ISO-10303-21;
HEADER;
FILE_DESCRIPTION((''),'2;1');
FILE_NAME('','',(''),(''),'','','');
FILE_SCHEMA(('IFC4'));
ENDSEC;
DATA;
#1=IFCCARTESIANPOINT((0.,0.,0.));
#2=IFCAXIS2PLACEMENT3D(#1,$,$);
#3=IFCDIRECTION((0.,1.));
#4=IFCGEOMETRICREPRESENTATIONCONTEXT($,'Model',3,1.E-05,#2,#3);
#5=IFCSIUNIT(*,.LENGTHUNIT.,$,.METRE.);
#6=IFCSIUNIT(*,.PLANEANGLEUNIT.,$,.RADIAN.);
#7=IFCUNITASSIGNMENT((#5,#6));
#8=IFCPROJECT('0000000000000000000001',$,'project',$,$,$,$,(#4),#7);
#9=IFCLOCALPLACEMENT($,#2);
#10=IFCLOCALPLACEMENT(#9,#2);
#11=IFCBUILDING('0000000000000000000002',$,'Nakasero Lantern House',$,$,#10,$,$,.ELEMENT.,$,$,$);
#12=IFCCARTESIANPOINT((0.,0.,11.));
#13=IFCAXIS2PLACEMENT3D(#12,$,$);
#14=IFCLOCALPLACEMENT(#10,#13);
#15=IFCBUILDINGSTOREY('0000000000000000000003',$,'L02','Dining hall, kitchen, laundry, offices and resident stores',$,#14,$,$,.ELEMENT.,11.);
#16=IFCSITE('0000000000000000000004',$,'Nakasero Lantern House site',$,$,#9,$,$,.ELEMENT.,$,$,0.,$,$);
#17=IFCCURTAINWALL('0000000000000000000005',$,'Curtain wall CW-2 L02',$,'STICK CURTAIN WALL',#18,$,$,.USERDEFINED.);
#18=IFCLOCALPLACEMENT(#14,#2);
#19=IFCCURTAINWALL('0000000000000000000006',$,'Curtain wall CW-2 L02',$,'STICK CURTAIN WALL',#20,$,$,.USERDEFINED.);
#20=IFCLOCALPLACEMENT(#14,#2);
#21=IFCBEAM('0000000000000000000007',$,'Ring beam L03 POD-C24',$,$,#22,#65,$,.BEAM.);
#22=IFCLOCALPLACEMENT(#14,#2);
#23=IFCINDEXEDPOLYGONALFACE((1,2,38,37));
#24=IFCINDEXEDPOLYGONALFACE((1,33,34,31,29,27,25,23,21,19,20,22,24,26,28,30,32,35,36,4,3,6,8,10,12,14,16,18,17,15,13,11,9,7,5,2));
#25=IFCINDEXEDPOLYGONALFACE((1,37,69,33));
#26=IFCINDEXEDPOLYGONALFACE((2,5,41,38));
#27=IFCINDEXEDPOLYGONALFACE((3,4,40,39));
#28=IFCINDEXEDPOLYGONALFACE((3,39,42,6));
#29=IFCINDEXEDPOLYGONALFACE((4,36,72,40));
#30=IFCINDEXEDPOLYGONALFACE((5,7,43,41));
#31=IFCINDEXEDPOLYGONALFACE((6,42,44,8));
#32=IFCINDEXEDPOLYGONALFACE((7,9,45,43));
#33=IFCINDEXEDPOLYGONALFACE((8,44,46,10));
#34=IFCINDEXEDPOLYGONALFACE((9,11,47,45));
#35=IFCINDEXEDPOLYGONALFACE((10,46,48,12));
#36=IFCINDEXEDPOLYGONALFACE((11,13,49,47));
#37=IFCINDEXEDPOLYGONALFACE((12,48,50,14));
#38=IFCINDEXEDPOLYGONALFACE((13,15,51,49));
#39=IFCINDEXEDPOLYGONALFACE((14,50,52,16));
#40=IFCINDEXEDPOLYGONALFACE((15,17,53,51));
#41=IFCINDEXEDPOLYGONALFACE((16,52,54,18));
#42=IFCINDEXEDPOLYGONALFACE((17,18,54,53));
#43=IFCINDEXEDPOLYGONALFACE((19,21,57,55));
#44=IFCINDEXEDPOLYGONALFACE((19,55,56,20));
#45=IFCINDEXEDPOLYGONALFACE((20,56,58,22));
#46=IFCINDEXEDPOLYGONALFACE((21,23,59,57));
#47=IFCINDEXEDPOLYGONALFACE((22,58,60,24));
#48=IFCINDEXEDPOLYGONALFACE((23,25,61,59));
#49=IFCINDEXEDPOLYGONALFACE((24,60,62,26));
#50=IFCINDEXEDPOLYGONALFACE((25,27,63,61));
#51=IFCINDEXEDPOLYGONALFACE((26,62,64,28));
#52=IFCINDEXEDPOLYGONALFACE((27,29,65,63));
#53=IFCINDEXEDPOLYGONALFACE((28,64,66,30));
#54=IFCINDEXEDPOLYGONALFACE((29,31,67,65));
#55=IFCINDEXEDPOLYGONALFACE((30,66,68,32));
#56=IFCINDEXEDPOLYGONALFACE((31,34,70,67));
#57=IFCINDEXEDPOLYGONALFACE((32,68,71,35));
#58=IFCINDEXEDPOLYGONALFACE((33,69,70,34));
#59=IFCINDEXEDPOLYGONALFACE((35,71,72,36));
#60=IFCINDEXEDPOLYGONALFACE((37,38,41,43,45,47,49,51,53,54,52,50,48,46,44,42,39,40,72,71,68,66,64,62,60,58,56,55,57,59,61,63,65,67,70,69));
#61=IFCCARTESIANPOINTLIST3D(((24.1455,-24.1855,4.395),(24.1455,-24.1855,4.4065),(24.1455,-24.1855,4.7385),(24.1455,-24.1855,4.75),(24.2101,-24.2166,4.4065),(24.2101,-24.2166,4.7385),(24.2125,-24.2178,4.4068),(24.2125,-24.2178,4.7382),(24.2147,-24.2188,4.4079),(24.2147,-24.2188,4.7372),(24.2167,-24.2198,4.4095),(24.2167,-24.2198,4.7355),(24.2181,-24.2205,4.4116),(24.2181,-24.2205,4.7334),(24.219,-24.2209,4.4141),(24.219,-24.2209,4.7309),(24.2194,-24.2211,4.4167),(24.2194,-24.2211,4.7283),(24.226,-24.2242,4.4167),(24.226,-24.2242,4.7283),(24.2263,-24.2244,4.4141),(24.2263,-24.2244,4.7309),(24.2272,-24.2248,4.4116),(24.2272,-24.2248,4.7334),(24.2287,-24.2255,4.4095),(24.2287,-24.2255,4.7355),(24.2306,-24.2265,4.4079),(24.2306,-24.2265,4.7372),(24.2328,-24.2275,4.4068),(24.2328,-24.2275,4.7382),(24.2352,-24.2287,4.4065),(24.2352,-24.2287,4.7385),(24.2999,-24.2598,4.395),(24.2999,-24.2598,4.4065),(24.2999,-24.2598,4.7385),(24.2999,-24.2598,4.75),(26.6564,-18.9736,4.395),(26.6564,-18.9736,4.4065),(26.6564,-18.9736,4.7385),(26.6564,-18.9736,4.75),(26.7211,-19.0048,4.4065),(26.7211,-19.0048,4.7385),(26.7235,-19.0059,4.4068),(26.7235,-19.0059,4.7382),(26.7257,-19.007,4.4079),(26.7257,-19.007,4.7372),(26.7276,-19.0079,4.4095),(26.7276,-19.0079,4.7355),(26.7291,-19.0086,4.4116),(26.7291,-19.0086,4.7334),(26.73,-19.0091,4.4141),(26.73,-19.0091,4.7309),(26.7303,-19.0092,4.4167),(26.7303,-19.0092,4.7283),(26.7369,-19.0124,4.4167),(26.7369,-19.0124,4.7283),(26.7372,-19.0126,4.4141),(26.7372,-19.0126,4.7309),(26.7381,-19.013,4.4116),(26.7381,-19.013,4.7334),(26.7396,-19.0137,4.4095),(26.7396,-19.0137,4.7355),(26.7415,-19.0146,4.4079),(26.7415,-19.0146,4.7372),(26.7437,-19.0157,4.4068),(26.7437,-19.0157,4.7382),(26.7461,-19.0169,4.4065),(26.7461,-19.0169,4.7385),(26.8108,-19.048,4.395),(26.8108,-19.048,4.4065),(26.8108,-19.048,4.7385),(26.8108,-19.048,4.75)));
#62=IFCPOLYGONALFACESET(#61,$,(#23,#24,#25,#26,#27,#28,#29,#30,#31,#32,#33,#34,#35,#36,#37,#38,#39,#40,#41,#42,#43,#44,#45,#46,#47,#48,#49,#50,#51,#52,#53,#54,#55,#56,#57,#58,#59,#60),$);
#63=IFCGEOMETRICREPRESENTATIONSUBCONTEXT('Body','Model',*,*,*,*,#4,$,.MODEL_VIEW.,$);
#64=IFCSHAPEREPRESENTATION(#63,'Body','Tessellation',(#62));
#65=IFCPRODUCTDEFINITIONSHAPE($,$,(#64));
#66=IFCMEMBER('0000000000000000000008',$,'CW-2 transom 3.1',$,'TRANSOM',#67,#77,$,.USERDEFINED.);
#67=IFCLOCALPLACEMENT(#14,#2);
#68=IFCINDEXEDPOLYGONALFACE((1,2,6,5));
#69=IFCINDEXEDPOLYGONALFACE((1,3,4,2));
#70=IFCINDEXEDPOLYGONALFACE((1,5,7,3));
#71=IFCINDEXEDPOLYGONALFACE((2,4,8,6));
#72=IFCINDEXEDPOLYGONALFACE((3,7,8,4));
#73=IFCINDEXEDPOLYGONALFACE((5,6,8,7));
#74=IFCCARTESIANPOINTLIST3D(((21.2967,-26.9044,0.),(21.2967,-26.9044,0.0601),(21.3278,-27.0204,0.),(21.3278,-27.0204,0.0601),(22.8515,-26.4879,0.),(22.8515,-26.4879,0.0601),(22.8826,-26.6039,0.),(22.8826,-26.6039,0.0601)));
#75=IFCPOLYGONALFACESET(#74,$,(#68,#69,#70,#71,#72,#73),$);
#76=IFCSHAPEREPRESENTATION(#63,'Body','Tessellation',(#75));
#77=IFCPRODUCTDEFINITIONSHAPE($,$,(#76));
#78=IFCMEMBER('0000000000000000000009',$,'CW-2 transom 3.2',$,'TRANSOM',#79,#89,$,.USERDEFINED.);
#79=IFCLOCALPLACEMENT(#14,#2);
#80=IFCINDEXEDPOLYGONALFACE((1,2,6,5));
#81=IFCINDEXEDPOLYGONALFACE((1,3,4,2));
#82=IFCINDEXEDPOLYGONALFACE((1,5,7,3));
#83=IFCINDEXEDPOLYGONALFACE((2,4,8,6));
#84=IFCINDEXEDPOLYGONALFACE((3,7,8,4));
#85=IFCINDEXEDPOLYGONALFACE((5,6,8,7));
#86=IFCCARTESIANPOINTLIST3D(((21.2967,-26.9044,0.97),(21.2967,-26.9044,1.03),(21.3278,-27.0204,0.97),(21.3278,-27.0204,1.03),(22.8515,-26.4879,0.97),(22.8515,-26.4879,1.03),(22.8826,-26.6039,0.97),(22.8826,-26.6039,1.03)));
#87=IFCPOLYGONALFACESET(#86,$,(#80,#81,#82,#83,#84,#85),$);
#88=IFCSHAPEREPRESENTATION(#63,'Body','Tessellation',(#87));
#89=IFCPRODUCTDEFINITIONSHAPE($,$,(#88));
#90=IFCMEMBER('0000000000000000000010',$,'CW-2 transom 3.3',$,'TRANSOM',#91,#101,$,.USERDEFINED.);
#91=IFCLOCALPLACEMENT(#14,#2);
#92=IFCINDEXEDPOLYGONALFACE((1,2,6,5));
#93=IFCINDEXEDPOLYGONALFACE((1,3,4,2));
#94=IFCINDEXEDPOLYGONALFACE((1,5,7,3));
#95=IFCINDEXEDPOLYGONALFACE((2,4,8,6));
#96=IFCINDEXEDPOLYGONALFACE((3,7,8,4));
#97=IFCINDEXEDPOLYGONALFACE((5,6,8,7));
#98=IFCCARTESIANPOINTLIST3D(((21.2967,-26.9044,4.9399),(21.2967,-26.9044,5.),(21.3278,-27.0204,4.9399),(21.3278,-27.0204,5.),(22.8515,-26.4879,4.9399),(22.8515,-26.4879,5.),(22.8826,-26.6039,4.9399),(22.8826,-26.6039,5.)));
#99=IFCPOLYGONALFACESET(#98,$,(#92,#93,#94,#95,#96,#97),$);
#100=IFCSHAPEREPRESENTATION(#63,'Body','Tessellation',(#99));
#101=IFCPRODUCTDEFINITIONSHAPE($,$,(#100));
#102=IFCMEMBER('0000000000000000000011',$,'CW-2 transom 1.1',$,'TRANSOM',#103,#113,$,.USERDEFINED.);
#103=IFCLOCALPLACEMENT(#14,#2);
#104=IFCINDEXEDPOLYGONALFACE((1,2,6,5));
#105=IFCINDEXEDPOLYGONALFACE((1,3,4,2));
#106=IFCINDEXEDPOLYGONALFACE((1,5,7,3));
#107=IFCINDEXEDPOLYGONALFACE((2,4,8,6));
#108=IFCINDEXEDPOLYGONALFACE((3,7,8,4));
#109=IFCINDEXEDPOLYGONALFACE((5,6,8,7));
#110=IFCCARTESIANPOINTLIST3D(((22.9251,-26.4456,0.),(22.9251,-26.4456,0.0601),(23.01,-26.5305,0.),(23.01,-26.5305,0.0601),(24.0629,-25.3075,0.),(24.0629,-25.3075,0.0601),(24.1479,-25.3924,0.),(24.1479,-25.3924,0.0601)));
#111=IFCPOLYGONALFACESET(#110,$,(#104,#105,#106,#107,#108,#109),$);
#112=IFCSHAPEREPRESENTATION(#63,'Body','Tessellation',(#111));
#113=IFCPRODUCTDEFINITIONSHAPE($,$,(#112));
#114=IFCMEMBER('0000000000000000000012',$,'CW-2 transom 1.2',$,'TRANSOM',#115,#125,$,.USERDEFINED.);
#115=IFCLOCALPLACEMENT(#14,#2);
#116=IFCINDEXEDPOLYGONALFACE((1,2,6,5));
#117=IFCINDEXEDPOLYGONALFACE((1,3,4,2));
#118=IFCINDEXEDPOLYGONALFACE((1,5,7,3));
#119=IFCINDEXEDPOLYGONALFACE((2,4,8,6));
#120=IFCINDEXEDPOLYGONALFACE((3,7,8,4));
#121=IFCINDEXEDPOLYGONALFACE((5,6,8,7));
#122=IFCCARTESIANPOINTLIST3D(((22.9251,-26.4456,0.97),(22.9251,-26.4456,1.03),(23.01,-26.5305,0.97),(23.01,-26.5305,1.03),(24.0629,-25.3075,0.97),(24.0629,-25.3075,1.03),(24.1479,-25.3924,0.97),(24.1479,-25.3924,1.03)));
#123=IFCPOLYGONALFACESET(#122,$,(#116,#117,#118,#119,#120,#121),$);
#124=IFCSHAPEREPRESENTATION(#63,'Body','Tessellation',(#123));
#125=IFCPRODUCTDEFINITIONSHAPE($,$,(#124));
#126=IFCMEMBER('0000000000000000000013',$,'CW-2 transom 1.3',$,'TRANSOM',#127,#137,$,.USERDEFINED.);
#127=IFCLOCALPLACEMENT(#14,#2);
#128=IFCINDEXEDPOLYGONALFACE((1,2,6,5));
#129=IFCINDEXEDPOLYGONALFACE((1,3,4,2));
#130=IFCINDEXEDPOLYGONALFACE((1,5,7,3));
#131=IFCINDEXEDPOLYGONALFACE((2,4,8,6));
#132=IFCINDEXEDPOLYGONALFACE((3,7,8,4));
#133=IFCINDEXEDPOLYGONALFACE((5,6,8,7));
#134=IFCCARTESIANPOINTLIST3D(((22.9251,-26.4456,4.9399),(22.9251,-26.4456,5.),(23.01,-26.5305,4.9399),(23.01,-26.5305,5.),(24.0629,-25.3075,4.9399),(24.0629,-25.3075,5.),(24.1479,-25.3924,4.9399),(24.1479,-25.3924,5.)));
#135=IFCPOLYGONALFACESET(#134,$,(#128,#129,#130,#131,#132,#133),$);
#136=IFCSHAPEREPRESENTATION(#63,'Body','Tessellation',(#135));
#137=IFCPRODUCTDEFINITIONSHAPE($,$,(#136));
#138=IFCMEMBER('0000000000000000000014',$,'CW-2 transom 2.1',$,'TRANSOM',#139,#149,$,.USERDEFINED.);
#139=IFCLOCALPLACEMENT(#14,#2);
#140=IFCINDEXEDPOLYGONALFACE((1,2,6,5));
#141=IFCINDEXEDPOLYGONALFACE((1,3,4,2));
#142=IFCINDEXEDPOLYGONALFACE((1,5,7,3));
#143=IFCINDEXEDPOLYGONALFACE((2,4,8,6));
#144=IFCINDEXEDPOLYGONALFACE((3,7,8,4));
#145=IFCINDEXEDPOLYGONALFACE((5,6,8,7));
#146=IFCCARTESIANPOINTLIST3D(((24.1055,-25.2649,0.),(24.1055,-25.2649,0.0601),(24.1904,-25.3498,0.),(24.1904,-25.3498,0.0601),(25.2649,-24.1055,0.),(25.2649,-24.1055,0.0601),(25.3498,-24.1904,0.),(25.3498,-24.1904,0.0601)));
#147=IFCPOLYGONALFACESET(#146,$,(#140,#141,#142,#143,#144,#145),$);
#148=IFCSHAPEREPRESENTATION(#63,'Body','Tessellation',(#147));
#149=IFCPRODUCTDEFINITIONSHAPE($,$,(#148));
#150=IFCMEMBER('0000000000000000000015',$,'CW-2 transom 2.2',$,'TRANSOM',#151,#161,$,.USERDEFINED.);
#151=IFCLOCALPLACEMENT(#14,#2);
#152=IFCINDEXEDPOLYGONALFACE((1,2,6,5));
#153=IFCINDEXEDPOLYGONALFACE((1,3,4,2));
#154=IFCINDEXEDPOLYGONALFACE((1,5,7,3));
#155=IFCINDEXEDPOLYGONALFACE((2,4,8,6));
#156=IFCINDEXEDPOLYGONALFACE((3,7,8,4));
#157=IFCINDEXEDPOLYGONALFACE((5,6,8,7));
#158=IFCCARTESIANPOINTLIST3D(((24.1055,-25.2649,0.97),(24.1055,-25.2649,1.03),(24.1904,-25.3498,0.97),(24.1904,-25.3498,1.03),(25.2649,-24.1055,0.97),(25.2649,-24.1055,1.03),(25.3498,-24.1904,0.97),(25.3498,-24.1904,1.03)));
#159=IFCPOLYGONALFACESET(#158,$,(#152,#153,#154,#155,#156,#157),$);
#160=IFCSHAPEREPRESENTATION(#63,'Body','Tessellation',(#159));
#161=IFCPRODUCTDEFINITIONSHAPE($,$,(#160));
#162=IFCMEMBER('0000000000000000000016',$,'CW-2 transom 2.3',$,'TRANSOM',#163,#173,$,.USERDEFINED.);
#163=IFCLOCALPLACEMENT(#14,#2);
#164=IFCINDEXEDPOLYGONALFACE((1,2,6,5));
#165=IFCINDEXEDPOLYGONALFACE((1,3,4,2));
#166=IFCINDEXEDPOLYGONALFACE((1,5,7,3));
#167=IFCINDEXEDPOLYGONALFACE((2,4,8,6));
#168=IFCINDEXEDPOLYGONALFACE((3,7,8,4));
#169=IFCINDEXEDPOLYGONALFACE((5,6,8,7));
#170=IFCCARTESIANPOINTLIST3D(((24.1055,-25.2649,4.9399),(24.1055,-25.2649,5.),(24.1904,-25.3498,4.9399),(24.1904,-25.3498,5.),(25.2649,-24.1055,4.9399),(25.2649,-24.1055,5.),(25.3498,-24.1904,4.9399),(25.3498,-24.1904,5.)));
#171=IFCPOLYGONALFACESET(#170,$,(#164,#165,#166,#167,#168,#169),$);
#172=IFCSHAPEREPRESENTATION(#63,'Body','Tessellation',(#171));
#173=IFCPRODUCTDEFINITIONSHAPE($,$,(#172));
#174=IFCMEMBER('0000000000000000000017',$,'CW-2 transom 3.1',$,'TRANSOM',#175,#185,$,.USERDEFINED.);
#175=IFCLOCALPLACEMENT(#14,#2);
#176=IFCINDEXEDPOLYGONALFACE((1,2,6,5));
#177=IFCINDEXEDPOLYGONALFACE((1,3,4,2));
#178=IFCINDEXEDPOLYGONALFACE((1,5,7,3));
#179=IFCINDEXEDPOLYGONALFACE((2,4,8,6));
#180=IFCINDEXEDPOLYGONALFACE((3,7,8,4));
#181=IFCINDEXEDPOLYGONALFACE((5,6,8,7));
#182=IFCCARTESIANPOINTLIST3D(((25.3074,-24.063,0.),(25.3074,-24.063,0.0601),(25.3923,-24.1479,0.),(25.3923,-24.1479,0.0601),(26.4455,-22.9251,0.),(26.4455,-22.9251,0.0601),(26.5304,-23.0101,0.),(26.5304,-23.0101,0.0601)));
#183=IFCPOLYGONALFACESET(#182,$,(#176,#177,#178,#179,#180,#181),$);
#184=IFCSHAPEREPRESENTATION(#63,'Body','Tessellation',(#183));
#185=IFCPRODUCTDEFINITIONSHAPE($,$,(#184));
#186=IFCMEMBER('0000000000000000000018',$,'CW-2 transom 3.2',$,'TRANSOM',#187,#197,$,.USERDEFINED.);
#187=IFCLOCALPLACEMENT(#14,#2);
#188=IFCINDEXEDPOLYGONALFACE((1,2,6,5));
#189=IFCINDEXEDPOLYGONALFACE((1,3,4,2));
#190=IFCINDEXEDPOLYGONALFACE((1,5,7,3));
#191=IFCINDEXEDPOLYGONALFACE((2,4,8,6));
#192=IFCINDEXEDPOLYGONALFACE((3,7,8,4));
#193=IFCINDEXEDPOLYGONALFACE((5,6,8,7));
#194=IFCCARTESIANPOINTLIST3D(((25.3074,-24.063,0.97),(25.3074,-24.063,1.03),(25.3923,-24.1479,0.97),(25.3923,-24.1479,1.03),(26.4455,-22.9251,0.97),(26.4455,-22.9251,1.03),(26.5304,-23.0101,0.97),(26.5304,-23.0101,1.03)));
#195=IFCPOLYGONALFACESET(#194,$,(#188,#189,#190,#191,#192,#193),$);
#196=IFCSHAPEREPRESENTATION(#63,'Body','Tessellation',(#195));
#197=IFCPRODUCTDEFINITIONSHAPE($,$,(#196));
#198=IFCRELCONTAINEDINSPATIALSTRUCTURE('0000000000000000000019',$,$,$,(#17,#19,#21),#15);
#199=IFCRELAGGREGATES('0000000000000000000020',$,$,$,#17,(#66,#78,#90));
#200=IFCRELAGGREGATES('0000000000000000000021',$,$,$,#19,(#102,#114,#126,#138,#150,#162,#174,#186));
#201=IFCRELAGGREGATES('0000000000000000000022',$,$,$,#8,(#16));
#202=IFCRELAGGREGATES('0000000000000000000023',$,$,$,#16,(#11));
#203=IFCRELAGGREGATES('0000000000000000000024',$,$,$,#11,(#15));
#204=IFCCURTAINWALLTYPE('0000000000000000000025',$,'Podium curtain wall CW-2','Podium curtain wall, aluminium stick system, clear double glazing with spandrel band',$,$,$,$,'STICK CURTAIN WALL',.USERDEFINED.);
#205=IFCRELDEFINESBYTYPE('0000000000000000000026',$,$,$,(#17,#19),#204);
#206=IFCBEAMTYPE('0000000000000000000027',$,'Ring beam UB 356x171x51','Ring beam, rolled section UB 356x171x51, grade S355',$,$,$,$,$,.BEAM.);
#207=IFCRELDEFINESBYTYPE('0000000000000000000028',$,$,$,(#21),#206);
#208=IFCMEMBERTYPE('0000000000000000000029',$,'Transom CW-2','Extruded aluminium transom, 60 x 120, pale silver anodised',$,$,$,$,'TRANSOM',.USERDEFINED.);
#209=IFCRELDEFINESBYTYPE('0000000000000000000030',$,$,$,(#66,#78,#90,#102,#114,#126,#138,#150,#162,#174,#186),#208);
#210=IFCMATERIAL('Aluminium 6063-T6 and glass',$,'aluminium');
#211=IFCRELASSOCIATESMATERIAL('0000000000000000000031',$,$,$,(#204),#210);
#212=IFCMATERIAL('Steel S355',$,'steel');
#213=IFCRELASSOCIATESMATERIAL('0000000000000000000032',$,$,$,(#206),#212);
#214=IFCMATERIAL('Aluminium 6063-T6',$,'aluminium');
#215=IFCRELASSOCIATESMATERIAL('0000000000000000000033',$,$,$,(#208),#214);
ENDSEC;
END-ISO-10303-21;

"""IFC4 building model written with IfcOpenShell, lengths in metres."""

from ifc_helpers import new_model, si_unit, direction, frame, origin, origin_2d, place, context, subcontext, project, spatial, rectangle, i_section, extrude, material, material_profile, profile_set, type_object, element, aggregate, save


model = new_model("IFC4")

# Units and contexts
model_context = context("Model", 3, precision=1e-05, world=origin(), true_north=direction((0.0, 1.0)))
body_context = subcontext(model_context, "Body", "Model", "MODEL_VIEW")
ifc_project = project(units=[si_unit("LENGTHUNIT", "METRE"), si_unit("PLANEANGLEUNIT", "RADIAN")], contexts=[model_context])

# Site, building, storey
site_placement = place(None, origin())
site = spatial("IfcSite", under=ifc_project, at=site_placement, Name="Nakasero Lantern House site", CompositionType="ELEMENT", RefElevation=0.0)
building_placement = place(site_placement, origin())
building = spatial("IfcBuilding", under=site, at=building_placement, Name="Nakasero Lantern House", CompositionType="ELEMENT")
storey_placement = place(building_placement, frame((0.0, 0.0, 11.0)))
storey = spatial("IfcBuildingStorey", under=building, at=storey_placement, Name="L02", Description="Dining hall, kitchen, laundry, offices and resident stores", CompositionType="ELEMENT", Elevation=11.0)

# Curtain walls
ifc_material_1 = material(Name="Aluminium 6063-T6 and glass", Category="aluminium")
curtain_wall_type = type_object("IfcCurtainWallType", Name="Podium curtain wall CW-2", Description="Podium curtain wall, aluminium stick system, clear double glazing with spandrel band", ElementType="STICK CURTAIN WALL", PredefinedType="USERDEFINED", material=ifc_material_1)
curtain_wall_1_placement = place(storey_placement, origin())
curtain_wall_1 = element("IfcCurtainWall", 1, at=curtain_wall_1_placement, inside=storey, type_object=curtain_wall_type, Name="Curtain wall CW-2 L02", ObjectType="STICK CURTAIN WALL", PredefinedType="USERDEFINED")
curtain_wall_2_placement = place(storey_placement, origin())
curtain_wall_2 = element("IfcCurtainWall", 2, at=curtain_wall_2_placement, inside=storey, type_object=curtain_wall_type, Name="Curtain wall CW-2 L02", ObjectType="STICK CURTAIN WALL", PredefinedType="USERDEFINED")

# Beam
ifc_material_2 = material(Name="Steel S355", Category="steel")
ifc_material_profile_1 = material_profile(ifc_material_2, i_section(OverallWidth=0.1714, OverallDepth=0.355, WebThickness=0.0073, FlangeThickness=0.0115, FilletRadius=0.0103, at=origin_2d()), Name="UB 356x171x51")
ifc_profile_set_1 = profile_set([ifc_material_profile_1], Name="Steel S355")
beam_type_1 = type_object("IfcBeamType", Name="Ring beam UB 356x171x51", Description="Ring beam, rolled section UB 356x171x51, grade S355", PredefinedType="BEAM", material=ifc_profile_set_1)
beam_1_placement = place(storey_placement, frame((24.2227, -24.2227, 4.5725), z_axis=(0.434033, 0.900897, 0.0), x_axis=(-0.900897, 0.434033, 0.0)))
element("IfcBeam", 3, at=beam_1_placement, inside=storey, type_object=beam_type_1, Name="Ring beam L03 POD-C24", PredefinedType="BEAM", context=body_context, shape_type="SweptSolid", body=[
    extrude(i_section(OverallWidth=0.1714, OverallDepth=0.355, WebThickness=0.0073, FlangeThickness=0.0115, FilletRadius=0.0103, at=origin_2d()), origin(), (0.0, 0.0, 1.0), 5.7852),
])

# Members
ifc_material_3 = material(Name="Aluminium 6063-T6", Category="aluminium")
ifc_material_profile_2 = material_profile(ifc_material_3, rectangle(XDim=0.0601, YDim=0.1201, at=origin_2d()), Name="CW-2 transom 60x120")
ifc_profile_set_2 = profile_set([ifc_material_profile_2], Name="Aluminium 6063-T6")
member_type_1 = type_object("IfcMemberType", Name="Transom CW-2", Description="Extruded aluminium transom, 60 x 120, pale silver anodised", ElementType="TRANSOM", PredefinedType="USERDEFINED", material=ifc_profile_set_2)
member_1_placement = place(storey_placement, frame((21.3123, -26.9624, 0.03), z_axis=(0.965937, 0.258777, 0.0), x_axis=(0.0, 0.0, 1.0)))
member_1 = element("IfcMember", 4, at=member_1_placement, type_object=member_type_1, Name="CW-2 transom 3.1", ObjectType="TRANSOM", PredefinedType="USERDEFINED", context=body_context, shape_type="SweptSolid", body=[
    extrude(rectangle(XDim=0.0601, YDim=0.1201, at=origin_2d()), origin(), (0.0, 0.0, 1.0), 1.6096),
])
member_2_placement = place(storey_placement, frame((21.3123, -26.9624, 1.0), z_axis=(0.965937, 0.258777, 0.0), x_axis=(0.0, 0.0, 1.0)))
member_2 = element("IfcMember", 5, at=member_2_placement, type_object=member_type_1, Name="CW-2 transom 3.2", ObjectType="TRANSOM", PredefinedType="USERDEFINED", context=body_context, shape_type="SweptSolid", body=[
    extrude(rectangle(XDim=0.0601, YDim=0.1201, at=origin_2d()), origin(), (0.0, 0.0, 1.0), 1.6096),
])
member_3_placement = place(storey_placement, frame((21.3123, -26.9624, 4.97), z_axis=(0.965937, 0.258777, 0.0), x_axis=(0.0, 0.0, 1.0)))
member_3 = element("IfcMember", 6, at=member_3_placement, type_object=member_type_1, Name="CW-2 transom 3.3", ObjectType="TRANSOM", PredefinedType="USERDEFINED", context=body_context, shape_type="SweptSolid", body=[
    extrude(rectangle(XDim=0.0601, YDim=0.1201, at=origin_2d()), origin(), (0.0, 0.0, 1.0), 1.6096),
])
member_4_placement = place(storey_placement, frame((22.9675, -26.488, 0.03), z_axis=(0.707031, 0.707183, 0.0), x_axis=(0.0, 0.0, 1.0)))
member_4 = element("IfcMember", 7, at=member_4_placement, type_object=member_type_1, Name="CW-2 transom 1.1", ObjectType="TRANSOM", PredefinedType="USERDEFINED", context=body_context, shape_type="SweptSolid", body=[
    extrude(rectangle(XDim=0.0601, YDim=0.1201, at=origin_2d()), origin(), (0.0, 0.0, 1.0), 1.6094),
])
member_5_placement = place(storey_placement, frame((22.9675, -26.488, 1.0), z_axis=(0.707031, 0.707183, 0.0), x_axis=(0.0, 0.0, 1.0)))
member_5 = element("IfcMember", 8, at=member_5_placement, type_object=member_type_1, Name="CW-2 transom 1.2", ObjectType="TRANSOM", PredefinedType="USERDEFINED", context=body_context, shape_type="SweptSolid", body=[
    extrude(rectangle(XDim=0.0601, YDim=0.1201, at=origin_2d()), origin(), (0.0, 0.0, 1.0), 1.6094),
])
member_6_placement = place(storey_placement, frame((22.9675, -26.488, 4.97), z_axis=(0.707031, 0.707183, 0.0), x_axis=(0.0, 0.0, 1.0)))
member_6 = element("IfcMember", 9, at=member_6_placement, type_object=member_type_1, Name="CW-2 transom 1.3", ObjectType="TRANSOM", PredefinedType="USERDEFINED", context=body_context, shape_type="SweptSolid", body=[
    extrude(rectangle(XDim=0.0601, YDim=0.1201, at=origin_2d()), origin(), (0.0, 0.0, 1.0), 1.6094),
])
member_7_placement = place(storey_placement, frame((24.1479, -25.3074, 0.03), z_axis=(0.707107, 0.707107, 0.0), x_axis=(0.0, 0.0, 1.0)))
member_7 = element("IfcMember", 10, at=member_7_placement, type_object=member_type_1, Name="CW-2 transom 2.1", ObjectType="TRANSOM", PredefinedType="USERDEFINED", context=body_context, shape_type="SweptSolid", body=[
    extrude(rectangle(XDim=0.0601, YDim=0.1201, at=origin_2d()), origin(), (0.0, 0.0, 1.0), 1.6396),
])
member_8_placement = place(storey_placement, frame((24.1479, -25.3074, 1.0), z_axis=(0.707107, 0.707107, 0.0), x_axis=(0.0, 0.0, 1.0)))
member_8 = element("IfcMember", 11, at=member_8_placement, type_object=member_type_1, Name="CW-2 transom 2.2", ObjectType="TRANSOM", PredefinedType="USERDEFINED", context=body_context, shape_type="SweptSolid", body=[
    extrude(rectangle(XDim=0.0601, YDim=0.1201, at=origin_2d()), origin(), (0.0, 0.0, 1.0), 1.6396),
])
member_9_placement = place(storey_placement, frame((24.1479, -25.3074, 4.97), z_axis=(0.707107, 0.707107, 0.0), x_axis=(0.0, 0.0, 1.0)))
member_9 = element("IfcMember", 12, at=member_9_placement, type_object=member_type_1, Name="CW-2 transom 2.3", ObjectType="TRANSOM", PredefinedType="USERDEFINED", context=body_context, shape_type="SweptSolid", body=[
    extrude(rectangle(XDim=0.0601, YDim=0.1201, at=origin_2d()), origin(), (0.0, 0.0, 1.0), 1.6396),
])
member_10_placement = place(storey_placement, frame((25.3499, -24.1055, 0.03), z_axis=(0.707183, 0.707031, 0.0), x_axis=(0.0, 0.0, 1.0)))
member_10 = element("IfcMember", 13, at=member_10_placement, type_object=member_type_1, Name="CW-2 transom 3.1", ObjectType="TRANSOM", PredefinedType="USERDEFINED", context=body_context, shape_type="SweptSolid", body=[
    extrude(rectangle(XDim=0.0601, YDim=0.1201, at=origin_2d()), origin(), (0.0, 0.0, 1.0), 1.6094),
])
member_11_placement = place(storey_placement, frame((25.3499, -24.1055, 1.0), z_axis=(0.707183, 0.707031, 0.0), x_axis=(0.0, 0.0, 1.0)))
member_11 = element("IfcMember", 14, at=member_11_placement, type_object=member_type_1, Name="CW-2 transom 3.2", ObjectType="TRANSOM", PredefinedType="USERDEFINED", context=body_context, shape_type="SweptSolid", body=[
    extrude(rectangle(XDim=0.0601, YDim=0.1201, at=origin_2d()), origin(), (0.0, 0.0, 1.0), 1.6094),
])

aggregate(curtain_wall_1, [member_1, member_2, member_3])
aggregate(curtain_wall_2, [member_4, member_5, member_6, member_7, member_8, member_9, member_10, member_11])

save(model, "model.ifc")
